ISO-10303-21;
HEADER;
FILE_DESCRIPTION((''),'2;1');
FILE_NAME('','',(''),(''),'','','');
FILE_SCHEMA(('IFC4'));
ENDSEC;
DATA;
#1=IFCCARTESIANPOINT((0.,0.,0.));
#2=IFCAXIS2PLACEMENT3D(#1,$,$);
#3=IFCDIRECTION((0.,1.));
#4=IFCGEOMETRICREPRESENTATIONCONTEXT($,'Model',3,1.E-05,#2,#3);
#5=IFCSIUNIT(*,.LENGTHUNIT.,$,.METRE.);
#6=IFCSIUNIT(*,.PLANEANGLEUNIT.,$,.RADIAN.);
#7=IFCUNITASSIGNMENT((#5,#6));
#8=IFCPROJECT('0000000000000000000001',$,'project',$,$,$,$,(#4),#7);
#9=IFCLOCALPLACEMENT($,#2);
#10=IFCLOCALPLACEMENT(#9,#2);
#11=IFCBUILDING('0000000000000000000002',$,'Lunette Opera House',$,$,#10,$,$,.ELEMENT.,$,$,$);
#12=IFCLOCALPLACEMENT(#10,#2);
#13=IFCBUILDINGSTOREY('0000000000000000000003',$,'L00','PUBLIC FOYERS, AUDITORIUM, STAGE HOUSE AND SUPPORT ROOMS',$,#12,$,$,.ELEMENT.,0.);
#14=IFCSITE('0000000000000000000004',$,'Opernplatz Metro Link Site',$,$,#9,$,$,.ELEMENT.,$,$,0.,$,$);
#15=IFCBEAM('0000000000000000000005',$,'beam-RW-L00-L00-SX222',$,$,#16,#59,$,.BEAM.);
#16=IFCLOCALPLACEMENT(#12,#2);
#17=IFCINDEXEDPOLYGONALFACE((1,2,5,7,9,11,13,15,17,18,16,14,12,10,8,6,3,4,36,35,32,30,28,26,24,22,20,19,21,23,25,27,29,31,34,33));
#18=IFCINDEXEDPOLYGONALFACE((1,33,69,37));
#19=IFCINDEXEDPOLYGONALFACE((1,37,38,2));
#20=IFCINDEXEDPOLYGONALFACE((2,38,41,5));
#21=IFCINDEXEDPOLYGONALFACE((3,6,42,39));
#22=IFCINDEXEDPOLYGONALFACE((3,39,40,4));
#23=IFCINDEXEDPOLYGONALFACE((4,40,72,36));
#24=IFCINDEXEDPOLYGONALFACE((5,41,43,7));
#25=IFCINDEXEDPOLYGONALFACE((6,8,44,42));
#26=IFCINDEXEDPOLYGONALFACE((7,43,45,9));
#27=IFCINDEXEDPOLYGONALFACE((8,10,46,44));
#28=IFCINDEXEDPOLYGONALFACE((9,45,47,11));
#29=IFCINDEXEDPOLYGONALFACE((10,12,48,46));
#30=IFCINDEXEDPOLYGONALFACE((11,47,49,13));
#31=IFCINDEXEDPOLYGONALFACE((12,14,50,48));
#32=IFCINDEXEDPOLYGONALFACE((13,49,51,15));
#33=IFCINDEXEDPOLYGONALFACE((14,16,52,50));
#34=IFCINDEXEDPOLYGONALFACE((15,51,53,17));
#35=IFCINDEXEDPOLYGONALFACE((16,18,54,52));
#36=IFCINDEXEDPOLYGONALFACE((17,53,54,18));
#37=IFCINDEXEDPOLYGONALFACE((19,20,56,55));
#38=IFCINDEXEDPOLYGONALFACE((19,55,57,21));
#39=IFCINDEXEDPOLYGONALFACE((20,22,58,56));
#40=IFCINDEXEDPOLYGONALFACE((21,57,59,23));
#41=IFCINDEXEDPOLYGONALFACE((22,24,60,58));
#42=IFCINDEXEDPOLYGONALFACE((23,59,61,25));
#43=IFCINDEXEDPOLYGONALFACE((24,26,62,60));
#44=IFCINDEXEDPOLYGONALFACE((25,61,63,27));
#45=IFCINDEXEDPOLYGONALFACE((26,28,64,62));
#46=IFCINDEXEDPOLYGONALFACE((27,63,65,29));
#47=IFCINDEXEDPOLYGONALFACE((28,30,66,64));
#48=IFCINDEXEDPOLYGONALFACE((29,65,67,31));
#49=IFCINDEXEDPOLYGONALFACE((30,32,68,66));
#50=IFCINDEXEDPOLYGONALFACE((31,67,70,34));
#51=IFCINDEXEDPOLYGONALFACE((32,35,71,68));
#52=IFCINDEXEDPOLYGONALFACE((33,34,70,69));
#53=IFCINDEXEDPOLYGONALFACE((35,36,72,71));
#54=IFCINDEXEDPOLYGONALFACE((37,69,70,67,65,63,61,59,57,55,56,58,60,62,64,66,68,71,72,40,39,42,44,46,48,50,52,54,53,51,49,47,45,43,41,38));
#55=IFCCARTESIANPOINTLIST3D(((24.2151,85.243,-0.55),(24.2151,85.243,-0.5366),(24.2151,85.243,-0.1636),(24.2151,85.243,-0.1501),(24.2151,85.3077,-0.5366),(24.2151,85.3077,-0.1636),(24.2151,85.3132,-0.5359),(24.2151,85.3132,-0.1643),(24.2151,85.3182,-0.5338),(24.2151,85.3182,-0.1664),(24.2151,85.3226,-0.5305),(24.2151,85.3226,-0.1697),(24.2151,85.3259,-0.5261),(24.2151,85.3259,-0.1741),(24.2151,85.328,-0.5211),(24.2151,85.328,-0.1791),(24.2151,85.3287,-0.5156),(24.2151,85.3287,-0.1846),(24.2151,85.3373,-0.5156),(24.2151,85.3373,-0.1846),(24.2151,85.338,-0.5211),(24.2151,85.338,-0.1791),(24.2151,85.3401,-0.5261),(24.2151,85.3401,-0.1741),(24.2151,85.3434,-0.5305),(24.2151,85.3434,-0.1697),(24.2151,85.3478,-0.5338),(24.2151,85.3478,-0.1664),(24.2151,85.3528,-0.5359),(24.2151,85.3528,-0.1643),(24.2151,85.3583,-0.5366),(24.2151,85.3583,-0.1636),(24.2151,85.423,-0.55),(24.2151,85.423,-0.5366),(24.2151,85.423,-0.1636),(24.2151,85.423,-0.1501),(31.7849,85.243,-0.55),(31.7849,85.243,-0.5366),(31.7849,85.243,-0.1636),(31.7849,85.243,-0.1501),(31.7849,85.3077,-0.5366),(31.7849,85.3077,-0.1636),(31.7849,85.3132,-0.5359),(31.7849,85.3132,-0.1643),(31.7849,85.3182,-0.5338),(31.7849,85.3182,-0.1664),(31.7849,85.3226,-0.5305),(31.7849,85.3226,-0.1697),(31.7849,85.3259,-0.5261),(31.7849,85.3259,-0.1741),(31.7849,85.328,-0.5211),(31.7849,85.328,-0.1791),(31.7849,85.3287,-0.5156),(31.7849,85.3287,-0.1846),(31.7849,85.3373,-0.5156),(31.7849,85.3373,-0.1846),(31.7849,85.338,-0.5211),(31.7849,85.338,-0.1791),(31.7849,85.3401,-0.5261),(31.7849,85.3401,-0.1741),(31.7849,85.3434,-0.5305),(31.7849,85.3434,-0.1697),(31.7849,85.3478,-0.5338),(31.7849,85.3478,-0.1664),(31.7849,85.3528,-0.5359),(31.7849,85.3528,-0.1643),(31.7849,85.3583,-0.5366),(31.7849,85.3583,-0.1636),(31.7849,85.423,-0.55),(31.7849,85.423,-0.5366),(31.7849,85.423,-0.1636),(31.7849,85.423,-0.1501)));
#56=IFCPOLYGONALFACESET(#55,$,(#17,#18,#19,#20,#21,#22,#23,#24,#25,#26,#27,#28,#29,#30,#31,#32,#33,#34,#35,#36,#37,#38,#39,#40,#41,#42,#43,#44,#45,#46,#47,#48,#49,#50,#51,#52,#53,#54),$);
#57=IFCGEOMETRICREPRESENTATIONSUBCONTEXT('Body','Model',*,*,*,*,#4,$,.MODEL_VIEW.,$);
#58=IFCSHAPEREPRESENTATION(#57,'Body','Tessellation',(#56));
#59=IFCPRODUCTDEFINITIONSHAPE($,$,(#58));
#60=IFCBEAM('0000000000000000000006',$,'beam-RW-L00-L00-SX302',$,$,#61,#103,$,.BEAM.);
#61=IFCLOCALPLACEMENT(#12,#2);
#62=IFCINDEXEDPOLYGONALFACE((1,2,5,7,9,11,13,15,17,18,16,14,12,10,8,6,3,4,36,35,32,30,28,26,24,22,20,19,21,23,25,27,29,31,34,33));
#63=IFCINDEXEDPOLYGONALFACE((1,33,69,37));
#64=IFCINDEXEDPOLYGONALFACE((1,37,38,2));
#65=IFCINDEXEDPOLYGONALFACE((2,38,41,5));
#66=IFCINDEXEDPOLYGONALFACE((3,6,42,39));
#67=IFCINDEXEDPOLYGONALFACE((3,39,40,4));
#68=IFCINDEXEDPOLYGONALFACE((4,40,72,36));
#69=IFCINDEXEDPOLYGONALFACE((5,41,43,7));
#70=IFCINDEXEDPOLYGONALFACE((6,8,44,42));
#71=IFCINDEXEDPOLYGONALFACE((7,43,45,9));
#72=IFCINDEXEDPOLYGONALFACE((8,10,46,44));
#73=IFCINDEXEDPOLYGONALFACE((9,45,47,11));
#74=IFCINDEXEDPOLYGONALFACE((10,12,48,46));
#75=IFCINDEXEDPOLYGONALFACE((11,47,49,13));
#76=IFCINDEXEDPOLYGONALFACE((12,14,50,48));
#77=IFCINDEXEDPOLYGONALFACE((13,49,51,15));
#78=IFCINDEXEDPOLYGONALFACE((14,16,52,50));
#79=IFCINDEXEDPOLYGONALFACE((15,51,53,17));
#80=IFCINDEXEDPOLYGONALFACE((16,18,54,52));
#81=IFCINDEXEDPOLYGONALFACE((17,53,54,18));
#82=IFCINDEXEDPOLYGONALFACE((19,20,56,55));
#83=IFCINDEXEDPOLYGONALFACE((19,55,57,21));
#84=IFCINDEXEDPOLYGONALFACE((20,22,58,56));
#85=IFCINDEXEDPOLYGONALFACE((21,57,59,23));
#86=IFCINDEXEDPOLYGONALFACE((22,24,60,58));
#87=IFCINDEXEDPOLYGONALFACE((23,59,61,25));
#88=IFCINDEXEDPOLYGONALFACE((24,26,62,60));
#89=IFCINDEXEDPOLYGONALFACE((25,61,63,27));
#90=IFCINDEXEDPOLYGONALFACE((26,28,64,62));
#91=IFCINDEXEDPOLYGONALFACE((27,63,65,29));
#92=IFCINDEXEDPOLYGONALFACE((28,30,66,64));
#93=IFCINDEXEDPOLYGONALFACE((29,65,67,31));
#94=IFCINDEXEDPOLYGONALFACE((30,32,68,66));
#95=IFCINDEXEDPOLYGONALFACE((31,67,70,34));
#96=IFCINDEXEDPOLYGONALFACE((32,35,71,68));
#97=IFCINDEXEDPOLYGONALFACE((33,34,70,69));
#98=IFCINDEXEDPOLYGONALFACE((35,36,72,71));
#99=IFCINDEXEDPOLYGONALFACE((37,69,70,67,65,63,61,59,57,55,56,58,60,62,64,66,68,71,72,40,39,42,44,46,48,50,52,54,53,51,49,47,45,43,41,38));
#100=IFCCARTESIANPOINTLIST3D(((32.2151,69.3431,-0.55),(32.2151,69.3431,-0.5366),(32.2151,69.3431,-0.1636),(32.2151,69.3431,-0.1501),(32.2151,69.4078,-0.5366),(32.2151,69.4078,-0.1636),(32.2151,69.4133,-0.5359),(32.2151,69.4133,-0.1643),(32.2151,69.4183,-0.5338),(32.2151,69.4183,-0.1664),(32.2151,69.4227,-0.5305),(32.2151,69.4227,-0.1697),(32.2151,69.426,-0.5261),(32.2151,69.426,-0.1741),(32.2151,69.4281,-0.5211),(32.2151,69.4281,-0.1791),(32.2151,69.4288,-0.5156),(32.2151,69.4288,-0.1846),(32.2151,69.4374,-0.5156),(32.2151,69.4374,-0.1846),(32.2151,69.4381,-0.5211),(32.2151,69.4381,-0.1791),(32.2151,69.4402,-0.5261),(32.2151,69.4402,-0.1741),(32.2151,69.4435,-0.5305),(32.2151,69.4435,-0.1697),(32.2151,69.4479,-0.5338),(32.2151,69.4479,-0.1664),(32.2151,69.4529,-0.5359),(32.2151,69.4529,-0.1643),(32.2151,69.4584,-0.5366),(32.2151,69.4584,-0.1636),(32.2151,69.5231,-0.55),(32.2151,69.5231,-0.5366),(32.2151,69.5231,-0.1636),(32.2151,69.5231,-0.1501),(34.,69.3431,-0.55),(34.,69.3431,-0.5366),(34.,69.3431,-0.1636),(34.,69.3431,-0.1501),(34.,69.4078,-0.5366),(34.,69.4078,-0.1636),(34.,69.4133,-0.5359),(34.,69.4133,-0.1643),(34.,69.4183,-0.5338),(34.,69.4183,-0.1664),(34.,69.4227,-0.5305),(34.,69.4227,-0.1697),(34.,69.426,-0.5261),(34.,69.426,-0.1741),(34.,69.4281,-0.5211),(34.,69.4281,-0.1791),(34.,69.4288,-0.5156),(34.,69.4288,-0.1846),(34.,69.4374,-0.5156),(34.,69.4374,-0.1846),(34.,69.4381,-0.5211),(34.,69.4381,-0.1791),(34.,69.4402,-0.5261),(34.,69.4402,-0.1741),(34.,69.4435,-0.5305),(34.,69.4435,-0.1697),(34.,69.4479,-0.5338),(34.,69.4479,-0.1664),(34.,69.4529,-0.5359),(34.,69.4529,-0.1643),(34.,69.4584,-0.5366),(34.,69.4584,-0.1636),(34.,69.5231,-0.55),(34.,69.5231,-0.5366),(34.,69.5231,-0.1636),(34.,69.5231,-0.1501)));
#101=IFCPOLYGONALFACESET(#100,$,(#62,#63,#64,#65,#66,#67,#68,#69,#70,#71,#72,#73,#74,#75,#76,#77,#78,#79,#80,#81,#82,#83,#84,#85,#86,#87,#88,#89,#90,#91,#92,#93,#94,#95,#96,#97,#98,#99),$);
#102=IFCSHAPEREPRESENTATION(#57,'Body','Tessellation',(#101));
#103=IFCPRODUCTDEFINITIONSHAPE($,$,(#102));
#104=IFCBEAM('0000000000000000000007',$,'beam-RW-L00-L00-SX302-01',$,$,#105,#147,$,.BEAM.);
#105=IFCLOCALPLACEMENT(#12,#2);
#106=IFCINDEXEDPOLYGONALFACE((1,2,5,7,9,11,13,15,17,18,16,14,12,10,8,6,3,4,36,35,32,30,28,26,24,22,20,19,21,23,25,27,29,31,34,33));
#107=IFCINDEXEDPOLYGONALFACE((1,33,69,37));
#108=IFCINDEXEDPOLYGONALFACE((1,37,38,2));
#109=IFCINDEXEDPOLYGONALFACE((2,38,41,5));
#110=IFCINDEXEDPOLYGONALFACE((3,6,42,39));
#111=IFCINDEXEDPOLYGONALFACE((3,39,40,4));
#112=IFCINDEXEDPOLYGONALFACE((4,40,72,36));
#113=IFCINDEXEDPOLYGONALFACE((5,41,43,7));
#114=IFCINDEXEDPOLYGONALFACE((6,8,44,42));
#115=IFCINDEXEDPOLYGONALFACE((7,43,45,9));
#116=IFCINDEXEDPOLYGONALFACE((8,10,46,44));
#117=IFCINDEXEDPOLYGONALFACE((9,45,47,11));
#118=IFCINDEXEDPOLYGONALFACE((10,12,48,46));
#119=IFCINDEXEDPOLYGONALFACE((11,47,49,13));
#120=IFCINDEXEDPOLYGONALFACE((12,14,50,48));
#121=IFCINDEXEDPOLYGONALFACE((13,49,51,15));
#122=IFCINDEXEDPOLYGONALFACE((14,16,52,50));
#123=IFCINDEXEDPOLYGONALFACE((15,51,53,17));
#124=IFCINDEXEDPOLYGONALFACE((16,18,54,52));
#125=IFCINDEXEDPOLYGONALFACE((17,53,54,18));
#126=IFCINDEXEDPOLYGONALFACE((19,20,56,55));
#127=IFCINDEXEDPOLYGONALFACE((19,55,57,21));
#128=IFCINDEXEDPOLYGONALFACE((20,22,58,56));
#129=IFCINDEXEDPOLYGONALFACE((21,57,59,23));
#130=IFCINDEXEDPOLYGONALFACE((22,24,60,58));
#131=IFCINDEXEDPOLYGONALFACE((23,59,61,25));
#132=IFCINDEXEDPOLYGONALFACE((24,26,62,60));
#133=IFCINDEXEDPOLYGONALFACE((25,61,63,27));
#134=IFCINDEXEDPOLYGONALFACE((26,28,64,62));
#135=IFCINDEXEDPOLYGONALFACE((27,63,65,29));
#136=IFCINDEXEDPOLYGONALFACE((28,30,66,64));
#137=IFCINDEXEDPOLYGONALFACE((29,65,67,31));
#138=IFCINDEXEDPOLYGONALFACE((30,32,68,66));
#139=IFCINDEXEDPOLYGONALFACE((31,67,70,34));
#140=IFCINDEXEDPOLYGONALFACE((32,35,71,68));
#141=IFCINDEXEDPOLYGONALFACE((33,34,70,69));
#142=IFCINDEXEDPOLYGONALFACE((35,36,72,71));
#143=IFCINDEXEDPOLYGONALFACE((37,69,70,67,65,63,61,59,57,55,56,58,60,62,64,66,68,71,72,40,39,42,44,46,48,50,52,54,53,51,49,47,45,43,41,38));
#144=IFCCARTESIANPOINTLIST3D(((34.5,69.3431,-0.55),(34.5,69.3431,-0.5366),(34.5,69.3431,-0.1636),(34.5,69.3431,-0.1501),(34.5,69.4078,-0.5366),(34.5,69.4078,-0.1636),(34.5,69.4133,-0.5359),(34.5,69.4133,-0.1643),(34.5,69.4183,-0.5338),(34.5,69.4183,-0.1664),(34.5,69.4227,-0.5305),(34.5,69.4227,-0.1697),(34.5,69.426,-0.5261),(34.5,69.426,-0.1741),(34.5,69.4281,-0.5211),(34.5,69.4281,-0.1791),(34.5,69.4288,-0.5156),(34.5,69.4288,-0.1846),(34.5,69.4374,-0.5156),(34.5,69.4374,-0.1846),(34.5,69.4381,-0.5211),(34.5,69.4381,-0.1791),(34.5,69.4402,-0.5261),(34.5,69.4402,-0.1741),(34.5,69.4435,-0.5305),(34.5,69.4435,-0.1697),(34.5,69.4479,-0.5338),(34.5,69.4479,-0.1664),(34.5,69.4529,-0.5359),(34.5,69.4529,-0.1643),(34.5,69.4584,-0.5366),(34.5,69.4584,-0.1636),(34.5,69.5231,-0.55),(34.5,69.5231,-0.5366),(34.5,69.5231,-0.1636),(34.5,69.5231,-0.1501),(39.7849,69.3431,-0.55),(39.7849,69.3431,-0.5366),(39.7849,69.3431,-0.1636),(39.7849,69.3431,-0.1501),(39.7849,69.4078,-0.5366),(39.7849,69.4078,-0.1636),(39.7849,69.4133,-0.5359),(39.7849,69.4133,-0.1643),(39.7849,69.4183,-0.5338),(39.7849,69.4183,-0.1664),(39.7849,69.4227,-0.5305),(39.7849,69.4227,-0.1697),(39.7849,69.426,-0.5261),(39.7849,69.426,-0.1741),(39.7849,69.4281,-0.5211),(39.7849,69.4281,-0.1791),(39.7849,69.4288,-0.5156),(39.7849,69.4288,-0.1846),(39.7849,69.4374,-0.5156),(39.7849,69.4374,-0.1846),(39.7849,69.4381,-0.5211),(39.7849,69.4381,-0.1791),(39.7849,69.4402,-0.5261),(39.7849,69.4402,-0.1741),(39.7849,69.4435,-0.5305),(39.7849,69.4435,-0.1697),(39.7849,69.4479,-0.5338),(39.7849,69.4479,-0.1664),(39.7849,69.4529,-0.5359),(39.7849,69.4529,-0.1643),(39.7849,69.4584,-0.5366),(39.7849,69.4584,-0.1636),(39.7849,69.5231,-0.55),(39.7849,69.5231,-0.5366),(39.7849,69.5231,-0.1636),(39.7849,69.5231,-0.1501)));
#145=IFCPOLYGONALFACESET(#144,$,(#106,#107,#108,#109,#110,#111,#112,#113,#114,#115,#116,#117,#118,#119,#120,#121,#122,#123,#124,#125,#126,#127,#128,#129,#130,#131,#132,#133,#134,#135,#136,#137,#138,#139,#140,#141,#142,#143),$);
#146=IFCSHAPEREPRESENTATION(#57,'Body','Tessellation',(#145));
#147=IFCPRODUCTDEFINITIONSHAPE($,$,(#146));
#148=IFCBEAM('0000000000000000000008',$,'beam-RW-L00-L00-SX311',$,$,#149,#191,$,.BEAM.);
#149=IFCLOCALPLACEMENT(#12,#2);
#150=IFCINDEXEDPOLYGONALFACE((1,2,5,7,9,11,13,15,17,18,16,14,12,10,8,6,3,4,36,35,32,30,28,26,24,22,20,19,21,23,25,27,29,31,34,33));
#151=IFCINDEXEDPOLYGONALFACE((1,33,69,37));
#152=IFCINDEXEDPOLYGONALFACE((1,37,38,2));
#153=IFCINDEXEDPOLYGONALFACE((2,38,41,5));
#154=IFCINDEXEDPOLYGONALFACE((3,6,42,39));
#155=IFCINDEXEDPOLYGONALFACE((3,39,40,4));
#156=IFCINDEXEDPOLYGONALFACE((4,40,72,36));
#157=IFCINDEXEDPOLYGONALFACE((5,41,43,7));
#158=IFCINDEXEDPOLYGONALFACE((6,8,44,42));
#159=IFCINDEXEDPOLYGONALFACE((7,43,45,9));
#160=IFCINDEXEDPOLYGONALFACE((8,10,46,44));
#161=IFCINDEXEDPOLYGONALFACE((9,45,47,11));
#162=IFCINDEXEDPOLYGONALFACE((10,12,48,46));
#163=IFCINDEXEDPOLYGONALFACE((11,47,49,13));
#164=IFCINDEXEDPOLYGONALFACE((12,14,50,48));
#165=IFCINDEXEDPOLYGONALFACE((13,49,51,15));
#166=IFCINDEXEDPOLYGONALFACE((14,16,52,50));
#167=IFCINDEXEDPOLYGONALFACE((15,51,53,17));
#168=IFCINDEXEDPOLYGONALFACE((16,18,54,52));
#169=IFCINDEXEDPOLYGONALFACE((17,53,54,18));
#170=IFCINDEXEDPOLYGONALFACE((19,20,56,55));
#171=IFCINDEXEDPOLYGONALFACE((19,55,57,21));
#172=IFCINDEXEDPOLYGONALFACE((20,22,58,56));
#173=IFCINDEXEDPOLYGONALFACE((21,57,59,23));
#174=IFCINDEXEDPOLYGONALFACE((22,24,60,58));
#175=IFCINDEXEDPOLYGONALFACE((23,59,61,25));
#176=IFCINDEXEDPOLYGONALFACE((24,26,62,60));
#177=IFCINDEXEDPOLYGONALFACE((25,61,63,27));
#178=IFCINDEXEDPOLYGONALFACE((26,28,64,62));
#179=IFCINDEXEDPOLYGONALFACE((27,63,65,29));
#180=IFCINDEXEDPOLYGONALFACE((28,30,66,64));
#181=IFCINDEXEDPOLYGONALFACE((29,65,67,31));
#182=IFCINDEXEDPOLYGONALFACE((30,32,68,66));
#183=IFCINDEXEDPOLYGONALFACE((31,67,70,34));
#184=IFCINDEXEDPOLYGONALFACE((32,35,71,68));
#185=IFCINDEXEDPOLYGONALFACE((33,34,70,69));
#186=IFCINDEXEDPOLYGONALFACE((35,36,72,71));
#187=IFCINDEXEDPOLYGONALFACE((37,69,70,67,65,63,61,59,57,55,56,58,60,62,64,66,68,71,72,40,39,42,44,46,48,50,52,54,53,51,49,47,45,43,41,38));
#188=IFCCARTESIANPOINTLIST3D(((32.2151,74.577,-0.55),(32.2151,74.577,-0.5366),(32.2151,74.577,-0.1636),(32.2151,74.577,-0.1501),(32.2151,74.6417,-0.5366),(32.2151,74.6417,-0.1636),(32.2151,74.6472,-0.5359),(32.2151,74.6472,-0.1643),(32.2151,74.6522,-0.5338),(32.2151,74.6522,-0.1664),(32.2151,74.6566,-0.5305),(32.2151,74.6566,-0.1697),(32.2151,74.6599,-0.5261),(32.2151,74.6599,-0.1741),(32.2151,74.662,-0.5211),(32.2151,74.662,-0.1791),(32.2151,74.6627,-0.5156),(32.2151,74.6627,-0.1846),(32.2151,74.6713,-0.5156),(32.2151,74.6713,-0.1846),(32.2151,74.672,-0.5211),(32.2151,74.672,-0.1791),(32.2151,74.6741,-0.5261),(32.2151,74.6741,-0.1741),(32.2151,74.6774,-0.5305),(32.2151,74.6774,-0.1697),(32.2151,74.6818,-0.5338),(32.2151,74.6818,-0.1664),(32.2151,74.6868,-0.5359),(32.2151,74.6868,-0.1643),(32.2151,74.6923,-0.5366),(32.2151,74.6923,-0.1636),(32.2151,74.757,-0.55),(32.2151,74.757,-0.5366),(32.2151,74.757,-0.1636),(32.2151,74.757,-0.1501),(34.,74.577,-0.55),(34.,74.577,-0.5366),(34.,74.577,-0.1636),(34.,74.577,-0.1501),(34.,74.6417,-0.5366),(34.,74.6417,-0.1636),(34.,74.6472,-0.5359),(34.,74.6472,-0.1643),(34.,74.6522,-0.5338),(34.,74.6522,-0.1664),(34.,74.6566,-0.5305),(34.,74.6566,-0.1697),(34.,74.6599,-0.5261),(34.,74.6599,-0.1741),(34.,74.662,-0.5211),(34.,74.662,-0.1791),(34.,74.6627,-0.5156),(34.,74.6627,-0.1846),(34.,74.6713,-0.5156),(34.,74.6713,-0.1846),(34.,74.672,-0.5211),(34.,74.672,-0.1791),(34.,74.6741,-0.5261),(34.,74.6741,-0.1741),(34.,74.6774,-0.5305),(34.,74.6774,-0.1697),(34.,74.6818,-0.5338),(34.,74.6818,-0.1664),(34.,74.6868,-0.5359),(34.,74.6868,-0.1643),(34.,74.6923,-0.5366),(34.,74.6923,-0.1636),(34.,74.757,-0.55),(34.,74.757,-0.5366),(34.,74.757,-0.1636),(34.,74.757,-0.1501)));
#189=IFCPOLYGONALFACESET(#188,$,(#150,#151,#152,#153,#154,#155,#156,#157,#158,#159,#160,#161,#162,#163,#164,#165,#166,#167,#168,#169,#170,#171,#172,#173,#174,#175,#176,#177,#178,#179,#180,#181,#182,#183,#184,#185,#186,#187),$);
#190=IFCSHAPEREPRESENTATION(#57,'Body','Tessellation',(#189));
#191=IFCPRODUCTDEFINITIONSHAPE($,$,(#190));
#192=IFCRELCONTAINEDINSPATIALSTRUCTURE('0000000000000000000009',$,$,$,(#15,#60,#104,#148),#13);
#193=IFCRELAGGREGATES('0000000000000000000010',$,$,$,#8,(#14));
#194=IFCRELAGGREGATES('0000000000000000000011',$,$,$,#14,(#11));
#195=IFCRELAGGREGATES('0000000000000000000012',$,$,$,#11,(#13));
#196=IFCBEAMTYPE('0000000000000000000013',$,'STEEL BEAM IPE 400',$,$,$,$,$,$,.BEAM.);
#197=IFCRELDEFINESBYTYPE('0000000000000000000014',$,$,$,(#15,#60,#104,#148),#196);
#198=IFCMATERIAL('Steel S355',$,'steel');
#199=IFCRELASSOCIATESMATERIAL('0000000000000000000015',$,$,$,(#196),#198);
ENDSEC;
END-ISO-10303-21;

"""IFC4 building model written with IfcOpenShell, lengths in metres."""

from ifc_helpers import new_model, si_unit, direction, frame, origin, origin_2d, place, context, subcontext, project, spatial, i_section, extrude, material, material_profile, profile_set, type_object, element, save


model = new_model("IFC4")

# Units and contexts
model_context = context("Model", 3, precision=1e-05, world=origin(), true_north=direction((0.0, 1.0)))
body_context = subcontext(model_context, "Body", "Model", "MODEL_VIEW")
ifc_project = project(units=[si_unit("LENGTHUNIT", "METRE"), si_unit("PLANEANGLEUNIT", "RADIAN")], contexts=[model_context])

# Site, building, storey
site_placement = place(None, origin())
site = spatial("IfcSite", under=ifc_project, at=site_placement, Name="Opernplatz Metro Link Site", CompositionType="ELEMENT", RefElevation=0.0)
building_placement = place(site_placement, origin())
building = spatial("IfcBuilding", under=site, at=building_placement, Name="Lunette Opera House", CompositionType="ELEMENT")
storey_placement = place(building_placement, origin())
storey = spatial("IfcBuildingStorey", under=building, at=storey_placement, Name="L00", Description="PUBLIC FOYERS, AUDITORIUM, STAGE HOUSE AND SUPPORT ROOMS", CompositionType="ELEMENT", Elevation=0.0)

# Beams
ifc_material_1 = material(Name="Steel S355", Category="steel")
ifc_material_profile_1 = material_profile(ifc_material_1, i_section(OverallWidth=0.1799, OverallDepth=0.3999, WebThickness=0.0085, FlangeThickness=0.0134, FilletRadius=0.021, at=origin_2d()), Name="IPE 400")
ifc_profile_set_1 = profile_set([ifc_material_profile_1], Name="Steel S355")
beam_type_1 = type_object("IfcBeamType", Name="STEEL BEAM IPE 400", PredefinedType="BEAM", material=ifc_profile_set_1)
for number, where, z_axis, x_axis, name in (
    (1, (24.2151, 85.333, -0.3501), (1.0, 0.0, 0.0), (0.0, 1.0, 0.0), "beam-RW-L00-L00-SX222"),
):
    element("IfcBeam", number, at=place(storey_placement, frame(where, z_axis=z_axis, x_axis=x_axis)), inside=storey, type_object=beam_type_1, Name=name, PredefinedType="BEAM", context=body_context, shape_type="SweptSolid", body=[
        extrude(i_section(OverallWidth=0.1799, OverallDepth=0.3999, WebThickness=0.0085, FlangeThickness=0.0134, FilletRadius=0.021, at=origin_2d()), origin(), (0.0, 0.0, 1.0), 7.5698),
    ])
beam_1_placement = place(storey_placement, frame((32.2151, 69.4331, -0.3501), z_axis=(1.0, 0.0, 0.0), x_axis=(0.0, 1.0, 0.0)))
element("IfcBeam", 2, at=beam_1_placement, inside=storey, type_object=beam_type_1, Name="beam-RW-L00-L00-SX302", PredefinedType="BEAM", context=body_context, shape_type="SweptSolid", body=[
    extrude(i_section(OverallWidth=0.1799, OverallDepth=0.3999, WebThickness=0.0085, FlangeThickness=0.0134, FilletRadius=0.021, at=origin_2d()), origin(), (0.0, 0.0, 1.0), 1.7849),
])
beam_2_placement = place(storey_placement, frame((34.5, 69.4331, -0.3501), z_axis=(1.0, 0.0, 0.0), x_axis=(0.0, 1.0, 0.0)))
element("IfcBeam", 3, at=beam_2_placement, inside=storey, type_object=beam_type_1, Name="beam-RW-L00-L00-SX302-01", PredefinedType="BEAM", context=body_context, shape_type="SweptSolid", body=[
    extrude(i_section(OverallWidth=0.1799, OverallDepth=0.3999, WebThickness=0.0085, FlangeThickness=0.0134, FilletRadius=0.021, at=origin_2d()), origin(), (0.0, 0.0, 1.0), 5.2849),
])
beam_3_placement = place(storey_placement, frame((32.2151, 74.667, -0.3501), z_axis=(1.0, 0.0, 0.0), x_axis=(0.0, 1.0, 0.0)))
element("IfcBeam", 4, at=beam_3_placement, inside=storey, type_object=beam_type_1, Name="beam-RW-L00-L00-SX311", PredefinedType="BEAM", context=body_context, shape_type="SweptSolid", body=[
    extrude(i_section(OverallWidth=0.1799, OverallDepth=0.3999, WebThickness=0.0085, FlangeThickness=0.0134, FilletRadius=0.021, at=origin_2d()), origin(), (0.0, 0.0, 1.0), 1.7849),
])

save(model, "model.ifc")
